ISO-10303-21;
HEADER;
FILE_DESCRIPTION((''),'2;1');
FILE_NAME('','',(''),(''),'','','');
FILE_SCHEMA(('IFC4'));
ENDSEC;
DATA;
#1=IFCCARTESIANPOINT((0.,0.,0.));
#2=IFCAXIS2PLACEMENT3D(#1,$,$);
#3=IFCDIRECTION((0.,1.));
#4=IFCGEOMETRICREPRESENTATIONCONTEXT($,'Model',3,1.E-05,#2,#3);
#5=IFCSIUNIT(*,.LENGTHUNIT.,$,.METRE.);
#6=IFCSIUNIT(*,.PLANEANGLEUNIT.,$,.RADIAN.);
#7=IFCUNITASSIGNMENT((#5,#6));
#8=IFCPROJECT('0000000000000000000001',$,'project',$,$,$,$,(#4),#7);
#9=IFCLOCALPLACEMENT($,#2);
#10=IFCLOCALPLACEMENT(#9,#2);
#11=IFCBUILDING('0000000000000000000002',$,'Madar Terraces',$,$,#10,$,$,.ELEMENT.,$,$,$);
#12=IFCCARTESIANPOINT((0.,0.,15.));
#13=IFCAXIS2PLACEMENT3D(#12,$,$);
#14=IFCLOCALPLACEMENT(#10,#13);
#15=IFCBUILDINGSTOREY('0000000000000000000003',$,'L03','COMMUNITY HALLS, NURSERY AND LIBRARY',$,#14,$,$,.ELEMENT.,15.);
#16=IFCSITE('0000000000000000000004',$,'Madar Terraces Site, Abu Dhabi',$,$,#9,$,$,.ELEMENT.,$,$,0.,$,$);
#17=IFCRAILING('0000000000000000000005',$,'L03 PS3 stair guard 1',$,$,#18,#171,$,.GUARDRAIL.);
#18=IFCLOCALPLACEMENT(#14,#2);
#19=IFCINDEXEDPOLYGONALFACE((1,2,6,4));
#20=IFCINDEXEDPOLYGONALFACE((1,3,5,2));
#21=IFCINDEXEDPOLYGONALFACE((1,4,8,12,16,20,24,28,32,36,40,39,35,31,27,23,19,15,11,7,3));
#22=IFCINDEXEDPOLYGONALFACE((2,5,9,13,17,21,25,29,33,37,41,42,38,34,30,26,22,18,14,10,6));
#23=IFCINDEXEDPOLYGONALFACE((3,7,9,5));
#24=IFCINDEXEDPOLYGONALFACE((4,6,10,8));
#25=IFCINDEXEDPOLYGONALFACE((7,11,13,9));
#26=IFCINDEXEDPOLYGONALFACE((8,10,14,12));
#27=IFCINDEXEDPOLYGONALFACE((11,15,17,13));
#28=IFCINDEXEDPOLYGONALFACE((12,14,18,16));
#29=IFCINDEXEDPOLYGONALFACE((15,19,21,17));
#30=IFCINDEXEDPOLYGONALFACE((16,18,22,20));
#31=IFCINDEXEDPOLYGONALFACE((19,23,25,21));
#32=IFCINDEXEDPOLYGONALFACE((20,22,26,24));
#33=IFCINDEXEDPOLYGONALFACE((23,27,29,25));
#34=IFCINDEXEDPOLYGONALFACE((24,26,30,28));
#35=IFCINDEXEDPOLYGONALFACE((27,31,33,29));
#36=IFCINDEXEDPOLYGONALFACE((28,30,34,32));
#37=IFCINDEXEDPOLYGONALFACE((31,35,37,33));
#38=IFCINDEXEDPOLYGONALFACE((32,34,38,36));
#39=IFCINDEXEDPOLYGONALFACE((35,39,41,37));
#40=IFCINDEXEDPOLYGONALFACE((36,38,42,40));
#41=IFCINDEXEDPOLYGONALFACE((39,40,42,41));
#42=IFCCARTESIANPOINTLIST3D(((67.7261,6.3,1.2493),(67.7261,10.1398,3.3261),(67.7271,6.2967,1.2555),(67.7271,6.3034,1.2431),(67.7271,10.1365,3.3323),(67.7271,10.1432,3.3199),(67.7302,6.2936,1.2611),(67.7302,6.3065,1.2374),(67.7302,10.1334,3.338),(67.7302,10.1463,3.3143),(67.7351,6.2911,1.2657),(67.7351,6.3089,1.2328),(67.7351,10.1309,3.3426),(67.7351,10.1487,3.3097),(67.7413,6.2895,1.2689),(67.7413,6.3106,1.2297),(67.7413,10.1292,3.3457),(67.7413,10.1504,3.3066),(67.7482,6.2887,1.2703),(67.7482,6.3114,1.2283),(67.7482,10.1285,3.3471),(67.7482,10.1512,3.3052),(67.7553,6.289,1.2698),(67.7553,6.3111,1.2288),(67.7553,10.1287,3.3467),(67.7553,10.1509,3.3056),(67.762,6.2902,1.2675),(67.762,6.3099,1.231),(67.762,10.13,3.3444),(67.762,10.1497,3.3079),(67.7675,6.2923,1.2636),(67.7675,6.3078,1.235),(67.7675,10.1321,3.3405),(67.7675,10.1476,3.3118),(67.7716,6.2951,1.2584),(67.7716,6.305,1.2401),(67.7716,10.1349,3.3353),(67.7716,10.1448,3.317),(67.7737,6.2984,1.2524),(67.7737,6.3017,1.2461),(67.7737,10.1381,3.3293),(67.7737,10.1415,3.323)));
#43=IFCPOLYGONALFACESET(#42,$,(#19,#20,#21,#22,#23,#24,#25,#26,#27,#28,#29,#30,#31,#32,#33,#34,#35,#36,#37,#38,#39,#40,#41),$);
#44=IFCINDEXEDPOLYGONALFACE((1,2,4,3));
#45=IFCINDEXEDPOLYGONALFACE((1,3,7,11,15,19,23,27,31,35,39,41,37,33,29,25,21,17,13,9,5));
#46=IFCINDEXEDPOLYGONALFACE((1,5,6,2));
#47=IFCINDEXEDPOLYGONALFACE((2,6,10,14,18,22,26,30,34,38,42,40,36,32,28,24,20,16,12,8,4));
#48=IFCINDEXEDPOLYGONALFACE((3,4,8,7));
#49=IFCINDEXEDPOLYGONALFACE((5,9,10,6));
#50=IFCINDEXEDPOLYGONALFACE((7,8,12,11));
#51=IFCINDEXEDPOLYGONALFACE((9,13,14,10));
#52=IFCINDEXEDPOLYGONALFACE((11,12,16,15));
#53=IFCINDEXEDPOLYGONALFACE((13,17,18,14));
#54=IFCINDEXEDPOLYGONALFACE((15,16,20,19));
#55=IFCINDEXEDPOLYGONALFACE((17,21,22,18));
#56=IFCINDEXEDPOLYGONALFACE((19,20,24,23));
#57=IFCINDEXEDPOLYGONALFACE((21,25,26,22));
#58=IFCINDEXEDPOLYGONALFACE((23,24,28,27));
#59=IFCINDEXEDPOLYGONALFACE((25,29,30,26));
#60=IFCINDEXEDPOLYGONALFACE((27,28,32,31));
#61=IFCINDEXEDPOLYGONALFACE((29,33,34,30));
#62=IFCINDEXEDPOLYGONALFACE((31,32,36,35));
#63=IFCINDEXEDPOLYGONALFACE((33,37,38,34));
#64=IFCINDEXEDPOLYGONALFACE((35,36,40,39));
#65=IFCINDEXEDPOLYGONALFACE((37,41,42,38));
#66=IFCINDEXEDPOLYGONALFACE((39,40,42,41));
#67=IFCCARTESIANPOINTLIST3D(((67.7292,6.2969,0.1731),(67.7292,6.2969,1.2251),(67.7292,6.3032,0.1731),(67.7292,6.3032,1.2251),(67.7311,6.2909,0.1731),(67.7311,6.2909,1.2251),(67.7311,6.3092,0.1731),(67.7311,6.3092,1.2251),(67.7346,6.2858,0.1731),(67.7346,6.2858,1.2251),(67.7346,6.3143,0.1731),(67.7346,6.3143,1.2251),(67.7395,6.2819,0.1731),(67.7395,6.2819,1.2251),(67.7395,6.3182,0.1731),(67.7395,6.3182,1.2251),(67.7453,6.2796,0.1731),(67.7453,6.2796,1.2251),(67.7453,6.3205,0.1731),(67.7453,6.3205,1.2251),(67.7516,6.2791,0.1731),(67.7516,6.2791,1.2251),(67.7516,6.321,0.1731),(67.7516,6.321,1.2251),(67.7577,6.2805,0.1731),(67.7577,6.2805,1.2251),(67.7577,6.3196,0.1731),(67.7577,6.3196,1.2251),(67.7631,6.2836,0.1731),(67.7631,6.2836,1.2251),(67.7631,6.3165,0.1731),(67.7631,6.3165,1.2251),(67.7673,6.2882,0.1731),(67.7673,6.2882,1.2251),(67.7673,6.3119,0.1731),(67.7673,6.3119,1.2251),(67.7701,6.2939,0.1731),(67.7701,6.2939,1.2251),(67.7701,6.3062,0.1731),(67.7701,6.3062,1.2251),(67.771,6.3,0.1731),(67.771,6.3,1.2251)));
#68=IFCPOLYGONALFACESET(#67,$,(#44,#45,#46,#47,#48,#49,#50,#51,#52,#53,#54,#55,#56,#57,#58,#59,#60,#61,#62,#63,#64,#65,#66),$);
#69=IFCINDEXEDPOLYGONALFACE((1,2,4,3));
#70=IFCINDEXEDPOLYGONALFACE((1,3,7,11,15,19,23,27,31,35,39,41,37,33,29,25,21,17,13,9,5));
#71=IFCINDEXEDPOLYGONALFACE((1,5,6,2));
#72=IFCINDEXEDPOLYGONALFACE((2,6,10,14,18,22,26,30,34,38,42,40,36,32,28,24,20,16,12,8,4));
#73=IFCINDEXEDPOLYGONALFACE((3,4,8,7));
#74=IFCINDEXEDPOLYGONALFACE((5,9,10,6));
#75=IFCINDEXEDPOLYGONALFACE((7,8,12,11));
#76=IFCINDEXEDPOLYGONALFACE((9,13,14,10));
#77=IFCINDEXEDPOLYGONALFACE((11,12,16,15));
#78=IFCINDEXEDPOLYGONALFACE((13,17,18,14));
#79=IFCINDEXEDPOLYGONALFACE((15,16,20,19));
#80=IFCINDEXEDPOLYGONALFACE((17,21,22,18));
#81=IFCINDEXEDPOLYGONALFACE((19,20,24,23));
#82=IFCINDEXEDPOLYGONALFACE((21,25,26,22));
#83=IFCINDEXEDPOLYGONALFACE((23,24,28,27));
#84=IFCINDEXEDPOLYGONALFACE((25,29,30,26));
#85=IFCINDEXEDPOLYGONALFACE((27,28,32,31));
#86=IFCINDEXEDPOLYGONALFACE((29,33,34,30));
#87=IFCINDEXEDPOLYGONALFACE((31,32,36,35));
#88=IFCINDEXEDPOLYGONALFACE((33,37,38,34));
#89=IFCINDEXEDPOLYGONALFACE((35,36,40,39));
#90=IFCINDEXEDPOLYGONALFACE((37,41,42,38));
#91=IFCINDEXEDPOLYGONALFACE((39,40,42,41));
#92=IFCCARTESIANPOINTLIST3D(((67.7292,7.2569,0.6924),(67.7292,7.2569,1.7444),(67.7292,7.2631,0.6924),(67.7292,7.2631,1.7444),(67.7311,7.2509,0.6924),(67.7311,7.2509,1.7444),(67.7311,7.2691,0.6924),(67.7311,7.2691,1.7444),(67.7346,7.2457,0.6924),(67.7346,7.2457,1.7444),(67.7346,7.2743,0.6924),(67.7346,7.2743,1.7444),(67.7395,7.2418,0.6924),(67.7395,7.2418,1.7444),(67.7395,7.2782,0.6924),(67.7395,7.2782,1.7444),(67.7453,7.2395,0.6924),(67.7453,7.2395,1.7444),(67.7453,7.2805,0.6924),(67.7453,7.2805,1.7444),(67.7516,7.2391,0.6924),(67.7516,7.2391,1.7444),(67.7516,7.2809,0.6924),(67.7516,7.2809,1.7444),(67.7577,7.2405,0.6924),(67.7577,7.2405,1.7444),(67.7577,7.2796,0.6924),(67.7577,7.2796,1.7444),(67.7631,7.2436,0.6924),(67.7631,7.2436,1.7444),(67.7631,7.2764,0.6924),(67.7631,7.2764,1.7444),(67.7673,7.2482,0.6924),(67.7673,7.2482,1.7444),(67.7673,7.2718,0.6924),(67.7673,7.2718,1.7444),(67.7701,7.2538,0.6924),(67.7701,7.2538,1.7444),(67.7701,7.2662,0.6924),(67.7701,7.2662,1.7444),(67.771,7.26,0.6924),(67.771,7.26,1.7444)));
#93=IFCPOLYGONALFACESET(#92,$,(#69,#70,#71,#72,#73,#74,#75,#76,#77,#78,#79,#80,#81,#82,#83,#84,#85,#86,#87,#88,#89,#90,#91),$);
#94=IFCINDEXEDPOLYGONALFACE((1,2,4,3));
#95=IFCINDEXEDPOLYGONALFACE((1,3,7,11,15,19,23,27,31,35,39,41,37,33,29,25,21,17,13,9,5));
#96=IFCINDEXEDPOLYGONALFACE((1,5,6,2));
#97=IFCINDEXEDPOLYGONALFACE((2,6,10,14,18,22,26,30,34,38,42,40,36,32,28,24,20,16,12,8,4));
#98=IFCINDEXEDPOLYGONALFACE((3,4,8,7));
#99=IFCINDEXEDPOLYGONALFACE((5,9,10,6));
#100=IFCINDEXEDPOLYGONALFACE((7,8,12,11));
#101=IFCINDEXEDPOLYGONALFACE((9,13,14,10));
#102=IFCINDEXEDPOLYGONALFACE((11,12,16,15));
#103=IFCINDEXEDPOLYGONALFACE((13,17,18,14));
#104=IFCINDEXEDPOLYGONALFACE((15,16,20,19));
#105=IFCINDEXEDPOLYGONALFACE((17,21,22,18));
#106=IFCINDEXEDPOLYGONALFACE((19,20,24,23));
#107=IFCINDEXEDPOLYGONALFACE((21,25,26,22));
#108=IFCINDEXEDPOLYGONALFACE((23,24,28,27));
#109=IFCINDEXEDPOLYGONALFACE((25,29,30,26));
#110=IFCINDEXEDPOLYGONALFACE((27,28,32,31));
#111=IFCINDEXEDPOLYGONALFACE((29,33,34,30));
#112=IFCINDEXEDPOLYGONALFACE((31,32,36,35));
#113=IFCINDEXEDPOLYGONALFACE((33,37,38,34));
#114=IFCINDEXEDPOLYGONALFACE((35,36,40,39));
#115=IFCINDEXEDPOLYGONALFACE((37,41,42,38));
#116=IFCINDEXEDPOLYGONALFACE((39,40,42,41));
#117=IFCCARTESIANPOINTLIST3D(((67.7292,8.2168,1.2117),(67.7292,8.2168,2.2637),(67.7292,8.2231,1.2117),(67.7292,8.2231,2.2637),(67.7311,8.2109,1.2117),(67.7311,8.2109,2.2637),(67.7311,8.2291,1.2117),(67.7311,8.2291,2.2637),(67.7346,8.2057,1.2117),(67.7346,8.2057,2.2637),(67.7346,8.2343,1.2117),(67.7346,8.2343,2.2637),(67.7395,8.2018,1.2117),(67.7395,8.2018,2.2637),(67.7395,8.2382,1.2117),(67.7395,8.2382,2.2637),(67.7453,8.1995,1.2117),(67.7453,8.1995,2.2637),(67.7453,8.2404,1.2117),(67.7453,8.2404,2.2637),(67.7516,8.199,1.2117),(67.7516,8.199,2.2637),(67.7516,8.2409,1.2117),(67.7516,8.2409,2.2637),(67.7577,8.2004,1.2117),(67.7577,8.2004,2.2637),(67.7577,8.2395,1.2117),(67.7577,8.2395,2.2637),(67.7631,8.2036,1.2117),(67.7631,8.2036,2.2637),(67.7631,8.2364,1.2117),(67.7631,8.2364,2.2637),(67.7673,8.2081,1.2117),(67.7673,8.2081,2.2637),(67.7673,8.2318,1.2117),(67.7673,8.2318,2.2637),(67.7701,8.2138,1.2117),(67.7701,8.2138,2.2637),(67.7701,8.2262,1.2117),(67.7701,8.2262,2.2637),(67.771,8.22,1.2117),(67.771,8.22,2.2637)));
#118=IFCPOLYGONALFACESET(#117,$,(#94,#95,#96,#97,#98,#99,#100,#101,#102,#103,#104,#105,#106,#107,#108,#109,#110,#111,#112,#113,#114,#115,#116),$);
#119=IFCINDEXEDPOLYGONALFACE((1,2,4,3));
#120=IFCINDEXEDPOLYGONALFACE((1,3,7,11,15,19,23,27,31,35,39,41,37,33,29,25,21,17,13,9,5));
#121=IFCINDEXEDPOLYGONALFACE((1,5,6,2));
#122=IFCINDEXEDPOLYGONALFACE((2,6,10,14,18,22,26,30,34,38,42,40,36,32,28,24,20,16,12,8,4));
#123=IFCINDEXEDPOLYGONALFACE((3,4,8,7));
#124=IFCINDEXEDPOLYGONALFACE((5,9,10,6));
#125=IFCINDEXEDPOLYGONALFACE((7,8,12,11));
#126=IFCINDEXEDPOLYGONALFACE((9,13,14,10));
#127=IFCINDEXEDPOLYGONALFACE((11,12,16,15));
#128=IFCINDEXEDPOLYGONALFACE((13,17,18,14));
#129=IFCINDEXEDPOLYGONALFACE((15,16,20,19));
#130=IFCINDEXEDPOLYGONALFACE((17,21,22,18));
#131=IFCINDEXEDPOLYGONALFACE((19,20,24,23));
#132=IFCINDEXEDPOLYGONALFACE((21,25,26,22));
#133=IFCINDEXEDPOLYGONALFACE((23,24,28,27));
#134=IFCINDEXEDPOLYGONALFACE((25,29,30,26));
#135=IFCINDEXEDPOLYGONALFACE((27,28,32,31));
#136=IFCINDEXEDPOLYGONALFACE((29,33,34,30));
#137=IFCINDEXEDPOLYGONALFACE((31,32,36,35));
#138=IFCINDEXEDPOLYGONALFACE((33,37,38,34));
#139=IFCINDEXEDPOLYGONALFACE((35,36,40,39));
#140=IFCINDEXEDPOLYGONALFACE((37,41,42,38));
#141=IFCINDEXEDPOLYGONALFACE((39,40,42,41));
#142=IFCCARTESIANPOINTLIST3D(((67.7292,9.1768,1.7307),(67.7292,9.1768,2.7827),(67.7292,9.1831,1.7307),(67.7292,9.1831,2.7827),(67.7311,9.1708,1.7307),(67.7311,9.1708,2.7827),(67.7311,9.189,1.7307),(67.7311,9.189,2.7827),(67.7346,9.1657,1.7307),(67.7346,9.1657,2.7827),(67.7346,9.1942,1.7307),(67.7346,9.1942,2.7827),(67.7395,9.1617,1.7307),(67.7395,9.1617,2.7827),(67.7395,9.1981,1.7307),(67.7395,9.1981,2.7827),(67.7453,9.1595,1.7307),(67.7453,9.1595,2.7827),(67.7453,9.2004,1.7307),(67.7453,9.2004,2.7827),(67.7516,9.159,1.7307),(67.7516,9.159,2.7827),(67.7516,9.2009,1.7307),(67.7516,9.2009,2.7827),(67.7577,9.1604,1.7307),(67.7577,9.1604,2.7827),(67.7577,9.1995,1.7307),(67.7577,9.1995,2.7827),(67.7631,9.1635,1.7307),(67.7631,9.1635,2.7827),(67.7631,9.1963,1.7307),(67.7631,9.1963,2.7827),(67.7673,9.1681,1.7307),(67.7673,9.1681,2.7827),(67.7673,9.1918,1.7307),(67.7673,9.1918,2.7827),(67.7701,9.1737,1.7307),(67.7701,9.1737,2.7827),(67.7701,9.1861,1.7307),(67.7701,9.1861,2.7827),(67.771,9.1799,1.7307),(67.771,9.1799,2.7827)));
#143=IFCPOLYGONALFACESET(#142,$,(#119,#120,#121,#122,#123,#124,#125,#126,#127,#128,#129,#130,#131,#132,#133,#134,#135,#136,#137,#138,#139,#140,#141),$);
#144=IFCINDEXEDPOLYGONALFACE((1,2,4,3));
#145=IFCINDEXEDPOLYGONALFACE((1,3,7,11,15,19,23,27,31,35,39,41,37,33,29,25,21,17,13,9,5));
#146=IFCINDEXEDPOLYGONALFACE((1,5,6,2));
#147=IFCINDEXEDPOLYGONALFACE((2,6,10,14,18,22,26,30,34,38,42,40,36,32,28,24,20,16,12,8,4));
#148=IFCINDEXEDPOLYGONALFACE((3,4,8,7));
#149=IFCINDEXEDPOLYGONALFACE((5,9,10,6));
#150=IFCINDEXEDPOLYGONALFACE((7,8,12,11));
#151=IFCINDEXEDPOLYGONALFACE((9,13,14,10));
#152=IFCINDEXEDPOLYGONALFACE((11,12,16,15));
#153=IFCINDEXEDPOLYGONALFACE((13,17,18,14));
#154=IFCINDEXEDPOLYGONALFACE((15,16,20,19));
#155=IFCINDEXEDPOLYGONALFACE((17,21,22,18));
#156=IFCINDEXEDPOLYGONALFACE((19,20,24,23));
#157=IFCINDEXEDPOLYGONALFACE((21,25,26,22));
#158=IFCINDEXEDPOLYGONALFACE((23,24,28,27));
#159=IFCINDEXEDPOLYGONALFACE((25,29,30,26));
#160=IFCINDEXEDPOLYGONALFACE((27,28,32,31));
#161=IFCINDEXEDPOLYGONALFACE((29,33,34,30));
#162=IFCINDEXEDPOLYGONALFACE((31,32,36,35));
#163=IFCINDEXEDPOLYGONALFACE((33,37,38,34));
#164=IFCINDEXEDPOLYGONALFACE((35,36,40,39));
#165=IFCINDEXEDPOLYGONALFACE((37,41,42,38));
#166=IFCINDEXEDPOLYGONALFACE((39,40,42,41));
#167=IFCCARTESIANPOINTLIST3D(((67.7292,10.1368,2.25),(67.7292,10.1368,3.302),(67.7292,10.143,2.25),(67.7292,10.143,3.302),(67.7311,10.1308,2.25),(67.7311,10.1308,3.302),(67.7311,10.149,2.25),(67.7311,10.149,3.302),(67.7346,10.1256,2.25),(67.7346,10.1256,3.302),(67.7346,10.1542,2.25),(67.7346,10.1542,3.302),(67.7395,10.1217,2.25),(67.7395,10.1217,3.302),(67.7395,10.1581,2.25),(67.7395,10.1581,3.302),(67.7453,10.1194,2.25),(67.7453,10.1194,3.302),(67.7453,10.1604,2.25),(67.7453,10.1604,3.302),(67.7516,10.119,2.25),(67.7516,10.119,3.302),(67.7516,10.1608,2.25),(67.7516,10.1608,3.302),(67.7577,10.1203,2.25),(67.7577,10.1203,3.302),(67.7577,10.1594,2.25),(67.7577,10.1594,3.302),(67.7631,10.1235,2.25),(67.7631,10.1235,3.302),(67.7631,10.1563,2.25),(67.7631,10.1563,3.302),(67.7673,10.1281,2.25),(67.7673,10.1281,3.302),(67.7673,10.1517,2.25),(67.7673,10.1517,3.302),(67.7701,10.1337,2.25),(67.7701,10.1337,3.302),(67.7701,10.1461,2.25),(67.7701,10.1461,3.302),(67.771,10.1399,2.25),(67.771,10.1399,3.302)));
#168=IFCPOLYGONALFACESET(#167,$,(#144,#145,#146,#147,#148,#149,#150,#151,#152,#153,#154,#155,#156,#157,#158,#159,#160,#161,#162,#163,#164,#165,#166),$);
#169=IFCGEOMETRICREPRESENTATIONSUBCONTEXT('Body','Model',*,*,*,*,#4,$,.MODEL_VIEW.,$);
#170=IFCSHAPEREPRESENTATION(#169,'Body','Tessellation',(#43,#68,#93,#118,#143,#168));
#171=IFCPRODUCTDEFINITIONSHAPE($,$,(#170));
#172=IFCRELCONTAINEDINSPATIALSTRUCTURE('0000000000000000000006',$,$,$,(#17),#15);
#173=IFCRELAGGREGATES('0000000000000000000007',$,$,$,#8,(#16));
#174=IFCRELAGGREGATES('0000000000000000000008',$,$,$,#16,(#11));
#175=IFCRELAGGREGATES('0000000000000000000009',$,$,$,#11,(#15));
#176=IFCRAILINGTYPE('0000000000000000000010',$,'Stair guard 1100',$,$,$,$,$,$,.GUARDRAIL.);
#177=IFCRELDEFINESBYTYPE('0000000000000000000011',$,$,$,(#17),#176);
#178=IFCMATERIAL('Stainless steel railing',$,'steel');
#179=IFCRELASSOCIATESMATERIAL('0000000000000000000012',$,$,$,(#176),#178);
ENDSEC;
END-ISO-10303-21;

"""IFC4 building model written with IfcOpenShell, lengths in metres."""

from ifc_helpers import new_model, si_unit, direction, frame, origin, origin_2d, place, context, subcontext, project, spatial, circle, extrude, material, type_object, element, save


model = new_model("IFC4")

# Units and contexts
model_context = context("Model", 3, precision=1e-05, world=origin(), true_north=direction((0.0, 1.0)))
body_context = subcontext(model_context, "Body", "Model", "MODEL_VIEW")
ifc_project = project(units=[si_unit("LENGTHUNIT", "METRE"), si_unit("PLANEANGLEUNIT", "RADIAN")], contexts=[model_context])

# Site, building, storey
site_placement = place(None, origin())
site = spatial("IfcSite", under=ifc_project, at=site_placement, Name="Madar Terraces Site, Abu Dhabi", CompositionType="ELEMENT", RefElevation=0.0)
building_placement = place(site_placement, origin())
building = spatial("IfcBuilding", under=site, at=building_placement, Name="Madar Terraces", CompositionType="ELEMENT")
storey_placement = place(building_placement, frame((0.0, 0.0, 15.0)))
storey = spatial("IfcBuildingStorey", under=building, at=storey_placement, Name="L03", Description="COMMUNITY HALLS, NURSERY AND LIBRARY", CompositionType="ELEMENT", Elevation=15.0)

# Railing
ifc_material_1 = material(Name="Stainless steel railing", Category="steel")
railing_type_1 = type_object("IfcRailingType", Name="Stair guard 1100", PredefinedType="GUARDRAIL", material=ifc_material_1)
railing_1_placement = place(storey_placement, frame((67.75, 6.3, 0.1731)))
element("IfcRailing", 1, at=railing_1_placement, inside=storey, type_object=railing_type_1, Name="L03 PS3 stair guard 1", PredefinedType="GUARDRAIL", context=body_context, shape_type="SweptSolid", body=[
    extrude(circle(Radius=0.0239, at=origin_2d()), frame((0.0, 0.0, 1.0762), z_axis=(0.0, 0.879581, 0.47575), x_axis=(-1.0, 0.0, 0.0)), (0.0, 0.0, 1.0), 4.3655),
    extrude(circle(Radius=0.021, at=origin_2d()), origin(), (0.0, 0.0, 1.0), 1.052),
    extrude(circle(Radius=0.021, at=origin_2d()), frame((0.0, 0.96, 0.5193)), (0.0, 0.0, 1.0), 1.052),
    extrude(circle(Radius=0.021, at=origin_2d()), frame((0.0, 1.9199, 1.0386)), (0.0, 0.0, 1.0), 1.052),
    extrude(circle(Radius=0.021, at=origin_2d()), frame((0.0, 2.8799, 1.5576)), (0.0, 0.0, 1.0), 1.052),
    extrude(circle(Radius=0.021, at=origin_2d()), frame((0.0, 3.8398, 2.0769)), (0.0, 0.0, 1.0), 1.052),
])

save(model, "model.ifc")
